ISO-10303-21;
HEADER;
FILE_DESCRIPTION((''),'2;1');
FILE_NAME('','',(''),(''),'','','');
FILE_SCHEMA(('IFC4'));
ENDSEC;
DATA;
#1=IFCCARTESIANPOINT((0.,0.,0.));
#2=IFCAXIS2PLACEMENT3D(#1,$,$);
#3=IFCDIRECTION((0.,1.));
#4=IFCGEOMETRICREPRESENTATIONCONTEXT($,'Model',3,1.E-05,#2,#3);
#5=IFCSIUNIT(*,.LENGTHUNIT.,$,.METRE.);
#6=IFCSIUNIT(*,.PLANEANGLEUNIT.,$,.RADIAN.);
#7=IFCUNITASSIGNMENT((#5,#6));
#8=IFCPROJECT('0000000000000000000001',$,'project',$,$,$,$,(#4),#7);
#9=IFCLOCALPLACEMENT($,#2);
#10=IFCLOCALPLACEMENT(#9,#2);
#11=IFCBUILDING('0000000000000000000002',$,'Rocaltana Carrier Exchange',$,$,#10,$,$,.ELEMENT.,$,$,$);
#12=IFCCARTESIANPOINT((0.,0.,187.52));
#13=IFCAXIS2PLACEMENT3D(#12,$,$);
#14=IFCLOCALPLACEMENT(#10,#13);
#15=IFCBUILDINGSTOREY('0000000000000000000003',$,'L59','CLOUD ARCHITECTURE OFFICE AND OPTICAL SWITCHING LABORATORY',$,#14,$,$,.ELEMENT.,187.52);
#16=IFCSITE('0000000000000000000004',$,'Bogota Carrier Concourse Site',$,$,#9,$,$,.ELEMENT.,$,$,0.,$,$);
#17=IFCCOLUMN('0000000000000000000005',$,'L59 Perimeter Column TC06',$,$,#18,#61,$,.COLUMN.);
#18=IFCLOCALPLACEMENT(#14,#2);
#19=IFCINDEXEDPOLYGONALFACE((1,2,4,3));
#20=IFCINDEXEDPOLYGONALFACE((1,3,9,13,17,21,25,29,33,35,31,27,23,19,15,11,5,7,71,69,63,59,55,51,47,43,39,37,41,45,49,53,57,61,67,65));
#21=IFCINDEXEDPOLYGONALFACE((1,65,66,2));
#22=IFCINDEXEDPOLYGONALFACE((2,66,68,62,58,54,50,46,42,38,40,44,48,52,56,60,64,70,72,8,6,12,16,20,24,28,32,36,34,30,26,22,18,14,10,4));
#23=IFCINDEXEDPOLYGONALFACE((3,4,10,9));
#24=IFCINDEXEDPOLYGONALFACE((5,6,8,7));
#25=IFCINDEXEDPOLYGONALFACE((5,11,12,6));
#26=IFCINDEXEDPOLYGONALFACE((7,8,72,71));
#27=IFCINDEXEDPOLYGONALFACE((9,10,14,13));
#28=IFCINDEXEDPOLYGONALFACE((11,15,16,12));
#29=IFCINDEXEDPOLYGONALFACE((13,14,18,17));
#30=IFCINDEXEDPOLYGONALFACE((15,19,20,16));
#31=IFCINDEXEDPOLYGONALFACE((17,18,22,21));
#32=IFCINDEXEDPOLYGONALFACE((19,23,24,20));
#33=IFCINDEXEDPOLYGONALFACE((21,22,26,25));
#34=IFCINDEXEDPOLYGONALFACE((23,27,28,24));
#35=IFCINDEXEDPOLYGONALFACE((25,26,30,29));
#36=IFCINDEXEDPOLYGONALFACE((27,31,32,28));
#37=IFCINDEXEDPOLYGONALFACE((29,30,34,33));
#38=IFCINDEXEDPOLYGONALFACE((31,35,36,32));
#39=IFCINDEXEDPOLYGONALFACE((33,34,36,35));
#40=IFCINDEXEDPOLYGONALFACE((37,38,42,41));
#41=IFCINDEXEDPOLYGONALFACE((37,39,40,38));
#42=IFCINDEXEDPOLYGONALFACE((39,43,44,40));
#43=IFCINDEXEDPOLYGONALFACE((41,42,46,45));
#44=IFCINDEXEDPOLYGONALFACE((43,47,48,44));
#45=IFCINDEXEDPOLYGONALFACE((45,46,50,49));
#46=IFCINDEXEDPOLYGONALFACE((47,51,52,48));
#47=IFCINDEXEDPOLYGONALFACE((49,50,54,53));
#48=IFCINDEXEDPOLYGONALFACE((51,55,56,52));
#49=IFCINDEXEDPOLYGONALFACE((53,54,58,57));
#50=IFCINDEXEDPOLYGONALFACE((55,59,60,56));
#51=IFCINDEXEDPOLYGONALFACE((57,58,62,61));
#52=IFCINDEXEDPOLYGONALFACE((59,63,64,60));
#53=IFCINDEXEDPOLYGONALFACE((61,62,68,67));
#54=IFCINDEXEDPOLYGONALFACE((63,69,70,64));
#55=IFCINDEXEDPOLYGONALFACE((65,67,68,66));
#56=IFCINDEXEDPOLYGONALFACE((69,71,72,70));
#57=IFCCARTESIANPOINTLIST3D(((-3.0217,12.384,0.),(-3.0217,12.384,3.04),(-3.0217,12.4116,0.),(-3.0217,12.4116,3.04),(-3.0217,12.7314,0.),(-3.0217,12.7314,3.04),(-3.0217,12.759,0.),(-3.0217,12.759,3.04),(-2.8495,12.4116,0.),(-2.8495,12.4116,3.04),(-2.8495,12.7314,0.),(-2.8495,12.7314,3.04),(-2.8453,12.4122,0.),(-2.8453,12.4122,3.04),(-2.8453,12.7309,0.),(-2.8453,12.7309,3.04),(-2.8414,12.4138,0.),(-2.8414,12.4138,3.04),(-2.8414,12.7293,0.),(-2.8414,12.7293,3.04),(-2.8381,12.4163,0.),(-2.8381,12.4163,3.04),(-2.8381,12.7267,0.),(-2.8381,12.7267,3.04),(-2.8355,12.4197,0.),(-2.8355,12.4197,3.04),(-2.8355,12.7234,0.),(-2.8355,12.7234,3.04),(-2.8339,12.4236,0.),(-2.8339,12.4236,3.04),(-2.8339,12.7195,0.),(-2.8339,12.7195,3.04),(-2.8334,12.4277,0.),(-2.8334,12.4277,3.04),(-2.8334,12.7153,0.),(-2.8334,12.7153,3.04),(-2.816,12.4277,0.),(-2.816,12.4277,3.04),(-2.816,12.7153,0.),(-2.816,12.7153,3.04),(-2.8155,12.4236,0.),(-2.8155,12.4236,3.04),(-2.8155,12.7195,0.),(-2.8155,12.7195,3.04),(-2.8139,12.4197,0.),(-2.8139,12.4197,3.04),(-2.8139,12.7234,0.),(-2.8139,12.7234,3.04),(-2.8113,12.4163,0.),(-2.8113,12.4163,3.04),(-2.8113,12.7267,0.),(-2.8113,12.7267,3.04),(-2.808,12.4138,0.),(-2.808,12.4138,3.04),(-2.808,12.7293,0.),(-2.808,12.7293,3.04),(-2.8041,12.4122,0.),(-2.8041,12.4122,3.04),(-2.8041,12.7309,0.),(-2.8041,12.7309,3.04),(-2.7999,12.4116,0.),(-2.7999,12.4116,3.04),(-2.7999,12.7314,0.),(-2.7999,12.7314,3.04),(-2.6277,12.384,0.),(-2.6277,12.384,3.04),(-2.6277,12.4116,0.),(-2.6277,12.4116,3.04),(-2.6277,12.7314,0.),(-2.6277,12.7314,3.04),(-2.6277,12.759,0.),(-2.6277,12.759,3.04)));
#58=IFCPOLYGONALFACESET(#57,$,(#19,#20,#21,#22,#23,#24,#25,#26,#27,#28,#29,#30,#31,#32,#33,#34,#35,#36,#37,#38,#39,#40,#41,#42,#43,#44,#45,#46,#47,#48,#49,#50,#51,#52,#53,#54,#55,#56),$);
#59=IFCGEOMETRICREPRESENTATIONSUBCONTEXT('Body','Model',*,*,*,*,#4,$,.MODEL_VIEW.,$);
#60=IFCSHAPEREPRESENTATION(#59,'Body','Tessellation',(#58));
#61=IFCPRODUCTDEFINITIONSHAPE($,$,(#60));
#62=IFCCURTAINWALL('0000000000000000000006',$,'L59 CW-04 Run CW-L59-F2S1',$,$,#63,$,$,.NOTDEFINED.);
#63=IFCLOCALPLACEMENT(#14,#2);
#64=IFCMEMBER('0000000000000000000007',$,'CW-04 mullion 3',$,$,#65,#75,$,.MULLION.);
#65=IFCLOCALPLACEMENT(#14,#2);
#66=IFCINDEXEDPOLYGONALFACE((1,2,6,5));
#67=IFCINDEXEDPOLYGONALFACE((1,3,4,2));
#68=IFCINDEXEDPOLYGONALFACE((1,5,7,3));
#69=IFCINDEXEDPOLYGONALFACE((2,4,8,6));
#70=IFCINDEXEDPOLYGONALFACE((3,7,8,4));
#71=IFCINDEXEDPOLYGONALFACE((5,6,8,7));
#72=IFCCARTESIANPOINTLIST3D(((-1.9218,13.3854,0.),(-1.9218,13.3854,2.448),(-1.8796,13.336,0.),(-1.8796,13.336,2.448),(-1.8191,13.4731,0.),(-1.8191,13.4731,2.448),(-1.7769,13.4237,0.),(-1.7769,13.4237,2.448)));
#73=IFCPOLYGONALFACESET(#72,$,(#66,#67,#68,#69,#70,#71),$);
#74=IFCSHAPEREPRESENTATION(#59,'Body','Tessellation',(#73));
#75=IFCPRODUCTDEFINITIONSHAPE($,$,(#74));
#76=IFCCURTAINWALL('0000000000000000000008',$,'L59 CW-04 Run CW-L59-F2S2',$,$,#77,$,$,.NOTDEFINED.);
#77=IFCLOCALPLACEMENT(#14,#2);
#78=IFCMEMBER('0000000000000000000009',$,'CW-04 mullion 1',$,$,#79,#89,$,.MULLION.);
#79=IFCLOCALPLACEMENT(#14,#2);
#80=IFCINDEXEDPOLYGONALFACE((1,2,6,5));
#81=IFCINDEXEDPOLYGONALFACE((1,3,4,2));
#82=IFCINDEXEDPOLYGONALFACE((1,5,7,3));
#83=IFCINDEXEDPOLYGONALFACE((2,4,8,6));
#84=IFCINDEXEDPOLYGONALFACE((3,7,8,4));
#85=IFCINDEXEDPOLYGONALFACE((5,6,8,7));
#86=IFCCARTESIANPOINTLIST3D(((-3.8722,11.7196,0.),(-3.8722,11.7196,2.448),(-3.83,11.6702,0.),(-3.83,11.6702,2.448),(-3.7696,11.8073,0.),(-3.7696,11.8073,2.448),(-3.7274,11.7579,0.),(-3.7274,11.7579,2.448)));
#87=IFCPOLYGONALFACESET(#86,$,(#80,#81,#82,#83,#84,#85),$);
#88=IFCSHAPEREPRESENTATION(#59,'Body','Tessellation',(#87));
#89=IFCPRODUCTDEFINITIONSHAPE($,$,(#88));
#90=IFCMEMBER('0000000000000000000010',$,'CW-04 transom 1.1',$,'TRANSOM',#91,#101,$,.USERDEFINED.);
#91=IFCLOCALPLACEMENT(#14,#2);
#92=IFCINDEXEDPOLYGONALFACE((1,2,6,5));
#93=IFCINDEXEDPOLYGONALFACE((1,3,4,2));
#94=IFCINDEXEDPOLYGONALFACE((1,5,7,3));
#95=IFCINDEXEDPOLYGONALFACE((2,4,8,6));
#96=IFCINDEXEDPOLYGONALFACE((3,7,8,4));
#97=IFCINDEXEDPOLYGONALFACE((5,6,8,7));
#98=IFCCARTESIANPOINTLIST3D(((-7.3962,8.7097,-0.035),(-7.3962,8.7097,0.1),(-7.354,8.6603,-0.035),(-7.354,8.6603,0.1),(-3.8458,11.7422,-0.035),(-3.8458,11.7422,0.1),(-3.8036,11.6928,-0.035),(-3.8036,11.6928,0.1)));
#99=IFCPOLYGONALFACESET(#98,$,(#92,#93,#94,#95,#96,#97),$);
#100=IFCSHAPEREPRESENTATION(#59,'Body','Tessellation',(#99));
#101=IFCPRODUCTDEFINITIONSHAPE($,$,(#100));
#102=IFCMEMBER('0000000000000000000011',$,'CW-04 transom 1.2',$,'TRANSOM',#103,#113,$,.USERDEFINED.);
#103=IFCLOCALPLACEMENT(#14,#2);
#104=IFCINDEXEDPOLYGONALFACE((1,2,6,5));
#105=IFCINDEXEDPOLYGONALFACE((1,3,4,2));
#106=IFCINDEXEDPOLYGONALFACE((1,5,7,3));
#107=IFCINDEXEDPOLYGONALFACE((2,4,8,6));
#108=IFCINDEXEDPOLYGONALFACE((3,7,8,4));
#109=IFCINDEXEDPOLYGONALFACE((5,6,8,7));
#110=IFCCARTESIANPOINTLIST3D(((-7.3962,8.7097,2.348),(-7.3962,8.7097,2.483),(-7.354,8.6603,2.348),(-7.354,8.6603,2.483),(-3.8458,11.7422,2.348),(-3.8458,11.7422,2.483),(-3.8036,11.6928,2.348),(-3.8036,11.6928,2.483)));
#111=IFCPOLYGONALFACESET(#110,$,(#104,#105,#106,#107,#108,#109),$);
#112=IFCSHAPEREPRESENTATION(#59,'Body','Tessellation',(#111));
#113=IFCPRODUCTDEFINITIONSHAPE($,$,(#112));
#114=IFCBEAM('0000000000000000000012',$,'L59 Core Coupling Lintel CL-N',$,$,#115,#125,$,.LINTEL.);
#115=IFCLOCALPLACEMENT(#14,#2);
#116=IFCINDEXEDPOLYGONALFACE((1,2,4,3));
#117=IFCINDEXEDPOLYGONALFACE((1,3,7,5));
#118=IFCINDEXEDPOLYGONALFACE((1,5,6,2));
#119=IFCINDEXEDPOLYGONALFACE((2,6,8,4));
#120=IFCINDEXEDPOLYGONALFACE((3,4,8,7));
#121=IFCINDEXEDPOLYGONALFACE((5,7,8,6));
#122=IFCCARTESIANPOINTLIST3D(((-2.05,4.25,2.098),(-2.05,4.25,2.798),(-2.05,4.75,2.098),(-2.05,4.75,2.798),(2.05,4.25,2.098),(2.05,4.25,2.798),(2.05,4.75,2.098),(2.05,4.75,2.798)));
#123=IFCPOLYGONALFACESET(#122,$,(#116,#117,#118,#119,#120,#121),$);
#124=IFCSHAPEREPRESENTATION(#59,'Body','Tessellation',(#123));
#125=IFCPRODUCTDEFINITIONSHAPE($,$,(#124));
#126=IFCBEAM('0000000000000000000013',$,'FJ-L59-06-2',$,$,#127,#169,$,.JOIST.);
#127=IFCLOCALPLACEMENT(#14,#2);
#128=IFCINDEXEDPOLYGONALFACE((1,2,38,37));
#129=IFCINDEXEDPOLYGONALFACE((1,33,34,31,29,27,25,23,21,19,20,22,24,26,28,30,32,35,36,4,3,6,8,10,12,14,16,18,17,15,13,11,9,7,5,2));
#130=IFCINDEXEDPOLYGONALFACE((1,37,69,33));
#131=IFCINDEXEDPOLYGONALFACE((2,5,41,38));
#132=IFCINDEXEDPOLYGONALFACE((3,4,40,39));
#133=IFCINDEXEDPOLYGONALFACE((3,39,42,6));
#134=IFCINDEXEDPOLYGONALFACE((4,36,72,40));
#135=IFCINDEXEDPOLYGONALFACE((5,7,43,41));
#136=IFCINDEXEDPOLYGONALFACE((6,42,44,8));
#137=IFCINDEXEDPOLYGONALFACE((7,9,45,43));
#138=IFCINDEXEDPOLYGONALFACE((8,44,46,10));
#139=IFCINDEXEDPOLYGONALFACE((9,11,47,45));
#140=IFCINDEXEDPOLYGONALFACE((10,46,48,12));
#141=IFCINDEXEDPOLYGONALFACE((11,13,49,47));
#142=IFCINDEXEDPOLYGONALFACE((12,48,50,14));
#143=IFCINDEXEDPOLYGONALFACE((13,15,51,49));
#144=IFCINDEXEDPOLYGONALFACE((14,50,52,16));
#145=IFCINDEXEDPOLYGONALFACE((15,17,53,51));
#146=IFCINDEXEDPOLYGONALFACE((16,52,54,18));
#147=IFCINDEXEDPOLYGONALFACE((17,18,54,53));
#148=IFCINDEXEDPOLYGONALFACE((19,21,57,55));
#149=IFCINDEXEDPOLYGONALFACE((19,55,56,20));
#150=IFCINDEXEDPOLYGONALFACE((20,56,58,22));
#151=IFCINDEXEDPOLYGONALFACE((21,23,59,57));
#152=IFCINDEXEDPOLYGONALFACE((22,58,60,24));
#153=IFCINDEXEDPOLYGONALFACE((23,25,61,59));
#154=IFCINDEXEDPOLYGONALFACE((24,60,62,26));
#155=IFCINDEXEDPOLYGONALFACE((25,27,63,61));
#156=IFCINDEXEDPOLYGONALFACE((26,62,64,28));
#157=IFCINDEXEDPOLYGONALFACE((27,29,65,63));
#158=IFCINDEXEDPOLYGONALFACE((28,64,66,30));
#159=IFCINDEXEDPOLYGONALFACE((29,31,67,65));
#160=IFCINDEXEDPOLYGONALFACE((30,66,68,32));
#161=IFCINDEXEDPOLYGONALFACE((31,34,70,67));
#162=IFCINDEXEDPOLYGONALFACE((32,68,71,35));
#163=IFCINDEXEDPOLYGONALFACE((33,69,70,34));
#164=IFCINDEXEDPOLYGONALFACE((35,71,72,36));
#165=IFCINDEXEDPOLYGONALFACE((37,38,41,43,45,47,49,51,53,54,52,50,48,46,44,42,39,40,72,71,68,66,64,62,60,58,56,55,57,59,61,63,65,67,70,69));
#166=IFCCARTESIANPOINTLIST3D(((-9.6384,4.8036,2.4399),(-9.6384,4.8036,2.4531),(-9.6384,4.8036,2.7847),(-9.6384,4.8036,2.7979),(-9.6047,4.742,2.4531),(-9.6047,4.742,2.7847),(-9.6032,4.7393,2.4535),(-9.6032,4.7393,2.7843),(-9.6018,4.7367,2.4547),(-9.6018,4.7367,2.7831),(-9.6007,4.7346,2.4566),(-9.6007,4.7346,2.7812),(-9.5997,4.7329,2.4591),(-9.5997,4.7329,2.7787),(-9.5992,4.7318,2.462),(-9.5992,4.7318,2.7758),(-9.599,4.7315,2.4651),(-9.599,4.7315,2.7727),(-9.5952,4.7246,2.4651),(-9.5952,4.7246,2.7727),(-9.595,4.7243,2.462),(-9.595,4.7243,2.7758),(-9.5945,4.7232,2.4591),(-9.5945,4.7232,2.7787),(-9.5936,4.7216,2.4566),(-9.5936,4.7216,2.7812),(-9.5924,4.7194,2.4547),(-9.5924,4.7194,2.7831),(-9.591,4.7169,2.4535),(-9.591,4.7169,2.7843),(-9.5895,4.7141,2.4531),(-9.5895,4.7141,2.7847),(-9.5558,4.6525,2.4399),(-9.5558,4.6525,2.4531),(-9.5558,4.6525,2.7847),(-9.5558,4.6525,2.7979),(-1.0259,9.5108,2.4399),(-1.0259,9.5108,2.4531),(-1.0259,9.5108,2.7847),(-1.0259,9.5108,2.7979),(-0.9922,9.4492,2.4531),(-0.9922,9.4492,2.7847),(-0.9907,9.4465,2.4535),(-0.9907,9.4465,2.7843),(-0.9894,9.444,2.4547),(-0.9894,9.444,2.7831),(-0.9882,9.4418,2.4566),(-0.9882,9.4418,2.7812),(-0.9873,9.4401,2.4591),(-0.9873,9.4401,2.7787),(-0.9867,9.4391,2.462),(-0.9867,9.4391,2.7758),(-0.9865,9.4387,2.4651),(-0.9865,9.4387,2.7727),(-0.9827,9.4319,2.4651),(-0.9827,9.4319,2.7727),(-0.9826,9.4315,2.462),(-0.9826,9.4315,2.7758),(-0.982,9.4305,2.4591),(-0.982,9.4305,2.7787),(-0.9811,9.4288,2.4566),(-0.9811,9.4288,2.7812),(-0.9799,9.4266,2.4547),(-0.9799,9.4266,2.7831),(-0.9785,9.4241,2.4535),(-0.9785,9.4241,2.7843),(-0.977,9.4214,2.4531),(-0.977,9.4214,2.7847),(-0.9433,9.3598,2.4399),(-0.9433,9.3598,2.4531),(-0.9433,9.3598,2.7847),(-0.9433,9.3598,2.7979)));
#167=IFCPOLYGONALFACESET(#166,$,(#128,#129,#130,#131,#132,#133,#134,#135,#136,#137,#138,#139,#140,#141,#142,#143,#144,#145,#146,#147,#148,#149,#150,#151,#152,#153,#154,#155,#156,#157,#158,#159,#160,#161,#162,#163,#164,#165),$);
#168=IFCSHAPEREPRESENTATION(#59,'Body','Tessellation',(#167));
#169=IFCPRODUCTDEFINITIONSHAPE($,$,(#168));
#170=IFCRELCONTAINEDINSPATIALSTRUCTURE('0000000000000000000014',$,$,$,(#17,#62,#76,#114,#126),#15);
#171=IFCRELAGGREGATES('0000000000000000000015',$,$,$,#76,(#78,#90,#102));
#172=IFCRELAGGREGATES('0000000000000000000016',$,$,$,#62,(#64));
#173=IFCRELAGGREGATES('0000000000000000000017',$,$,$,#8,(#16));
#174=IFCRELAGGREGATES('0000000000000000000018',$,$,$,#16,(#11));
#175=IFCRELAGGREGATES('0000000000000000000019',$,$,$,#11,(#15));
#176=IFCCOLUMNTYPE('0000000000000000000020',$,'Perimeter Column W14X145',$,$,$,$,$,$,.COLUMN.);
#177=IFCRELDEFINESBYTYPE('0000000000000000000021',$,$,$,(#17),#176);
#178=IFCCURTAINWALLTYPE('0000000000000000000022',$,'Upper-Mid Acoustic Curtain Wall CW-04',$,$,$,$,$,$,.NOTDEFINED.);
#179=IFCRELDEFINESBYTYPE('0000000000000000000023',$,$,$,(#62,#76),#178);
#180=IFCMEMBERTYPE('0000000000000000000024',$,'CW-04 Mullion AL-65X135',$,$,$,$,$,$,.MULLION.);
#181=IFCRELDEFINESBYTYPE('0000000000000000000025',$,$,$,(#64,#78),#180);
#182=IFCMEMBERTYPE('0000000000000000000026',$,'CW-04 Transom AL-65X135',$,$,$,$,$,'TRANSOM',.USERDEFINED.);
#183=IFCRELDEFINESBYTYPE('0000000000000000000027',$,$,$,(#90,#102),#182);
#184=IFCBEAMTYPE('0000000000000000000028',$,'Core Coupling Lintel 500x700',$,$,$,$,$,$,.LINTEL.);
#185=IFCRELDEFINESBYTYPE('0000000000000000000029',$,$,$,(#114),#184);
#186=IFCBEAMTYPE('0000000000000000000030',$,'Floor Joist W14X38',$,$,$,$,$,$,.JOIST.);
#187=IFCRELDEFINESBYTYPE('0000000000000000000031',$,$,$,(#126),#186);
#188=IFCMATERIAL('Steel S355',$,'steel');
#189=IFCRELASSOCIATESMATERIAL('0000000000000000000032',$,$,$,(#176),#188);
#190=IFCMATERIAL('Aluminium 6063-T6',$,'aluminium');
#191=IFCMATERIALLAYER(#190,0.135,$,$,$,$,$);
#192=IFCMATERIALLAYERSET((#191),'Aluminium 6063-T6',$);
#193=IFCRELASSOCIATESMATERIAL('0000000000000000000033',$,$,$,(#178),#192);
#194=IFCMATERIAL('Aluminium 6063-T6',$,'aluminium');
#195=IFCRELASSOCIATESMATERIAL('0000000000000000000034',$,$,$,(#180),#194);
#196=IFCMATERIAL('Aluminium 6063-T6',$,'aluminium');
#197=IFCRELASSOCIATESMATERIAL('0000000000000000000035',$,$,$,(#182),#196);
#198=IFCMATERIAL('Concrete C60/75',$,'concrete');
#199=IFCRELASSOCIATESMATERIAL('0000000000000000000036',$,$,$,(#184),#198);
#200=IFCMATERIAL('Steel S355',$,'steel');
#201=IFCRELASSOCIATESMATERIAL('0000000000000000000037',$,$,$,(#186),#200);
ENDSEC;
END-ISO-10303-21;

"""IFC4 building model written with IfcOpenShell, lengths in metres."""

from ifc_helpers import new_model, si_unit, direction, frame, origin, origin_2d, place, context, subcontext, project, spatial, rectangle, i_section, extrude, material, layer, layer_set, material_profile, profile_set, type_object, element, aggregate, save


model = new_model("IFC4")

# Units and contexts
model_context = context("Model", 3, precision=1e-05, world=origin(), true_north=direction((0.0, 1.0)))
body_context = subcontext(model_context, "Body", "Model", "MODEL_VIEW")
ifc_project = project(units=[si_unit("LENGTHUNIT", "METRE"), si_unit("PLANEANGLEUNIT", "RADIAN")], contexts=[model_context])

# Site, building, storey
site_placement = place(None, origin())
site = spatial("IfcSite", under=ifc_project, at=site_placement, Name="Bogota Carrier Concourse Site", CompositionType="ELEMENT", RefElevation=0.0)
building_placement = place(site_placement, origin())
building = spatial("IfcBuilding", under=site, at=building_placement, Name="Rocaltana Carrier Exchange", CompositionType="ELEMENT")
storey_placement = place(building_placement, frame((0.0, 0.0, 187.52)))
storey = spatial("IfcBuildingStorey", under=building, at=storey_placement, Name="L59", Description="CLOUD ARCHITECTURE OFFICE AND OPTICAL SWITCHING LABORATORY", CompositionType="ELEMENT", Elevation=187.52)

# Column
ifc_material_1 = material(Name="Steel S355", Category="steel")
ifc_material_profile_1 = material_profile(ifc_material_1, i_section(OverallWidth=0.394, OverallDepth=0.375, WebThickness=0.0173, FlangeThickness=0.0276, FilletRadius=0.0161, at=origin_2d()), Name="W14X145")
ifc_profile_set_1 = profile_set([ifc_material_profile_1], Name="Steel S355")
column_type = type_object("IfcColumnType", Name="Perimeter Column W14X145", PredefinedType="COLUMN", material=ifc_profile_set_1)
column_placement = place(storey_placement, frame((-2.8247, 12.5715, 0.0), z_axis=(0.0, 0.0, 1.0), x_axis=(1.0, 0.0, 0.0)))
element("IfcColumn", 1, at=column_placement, inside=storey, type_object=column_type, Name="L59 Perimeter Column TC06", PredefinedType="COLUMN", context=body_context, shape_type="SweptSolid", body=[
    extrude(i_section(OverallWidth=0.394, OverallDepth=0.375, WebThickness=0.0173, FlangeThickness=0.0276, FilletRadius=0.0161, at=origin_2d()), origin(), (0.0, 0.0, 1.0), 3.04),
])

# Curtain wall, member
ifc_material_2 = material(Name="Aluminium 6063-T6", Category="aluminium")
ifc_layer_1 = layer(ifc_material_2, 0.135)
ifc_layer_set_1 = layer_set([ifc_layer_1], Name="Aluminium 6063-T6")
curtain_wall_type = type_object("IfcCurtainWallType", Name="Upper-Mid Acoustic Curtain Wall CW-04", PredefinedType="NOTDEFINED", material=ifc_layer_set_1)
curtain_wall_1_placement = place(storey_placement, origin())
curtain_wall_1 = element("IfcCurtainWall", 2, at=curtain_wall_1_placement, inside=storey, type_object=curtain_wall_type, Name="L59 CW-04 Run CW-L59-F2S1", PredefinedType="NOTDEFINED")
ifc_material_3 = material(Name="Aluminium 6063-T6", Category="aluminium")
ifc_material_profile_2 = material_profile(ifc_material_3, rectangle(XDim=0.0649, YDim=0.135, at=origin_2d()), Name="AL-65X135")
ifc_profile_set_2 = profile_set([ifc_material_profile_2], Name="Aluminium 6063-T6")
member_type_1 = type_object("IfcMemberType", Name="CW-04 Mullion AL-65X135", PredefinedType="MULLION", material=ifc_profile_set_2)
member_1_placement = place(storey_placement, frame((-1.8494, 13.4045, 0.0), z_axis=(0.0, 0.0, 1.0), x_axis=(0.649448, -0.760406, 0.0)))
member_1 = element("IfcMember", 3, at=member_1_placement, type_object=member_type_1, Name="CW-04 mullion 3", PredefinedType="MULLION", context=body_context, shape_type="SweptSolid", body=[
    extrude(rectangle(XDim=0.0649, YDim=0.135, at=origin_2d()), origin(), (0.0, 0.0, 1.0), 2.448),
])

# Curtain wall, members
curtain_wall_2_placement = place(storey_placement, origin())
curtain_wall_2 = element("IfcCurtainWall", 4, at=curtain_wall_2_placement, inside=storey, type_object=curtain_wall_type, Name="L59 CW-04 Run CW-L59-F2S2", PredefinedType="NOTDEFINED")
member_2_placement = place(storey_placement, frame((-3.7998, 11.7388, 0.0), z_axis=(0.0, 0.0, 1.0), x_axis=(0.649454, -0.760401, 0.0)))
member_2 = element("IfcMember", 5, at=member_2_placement, type_object=member_type_1, Name="CW-04 mullion 1", PredefinedType="MULLION", context=body_context, shape_type="SweptSolid", body=[
    extrude(rectangle(XDim=0.0649, YDim=0.135, at=origin_2d()), origin(), (0.0, 0.0, 1.0), 2.448),
])
ifc_material_4 = material(Name="Aluminium 6063-T6", Category="aluminium")
ifc_material_profile_3 = material_profile(ifc_material_4, rectangle(XDim=0.0649, YDim=0.135, at=origin_2d()), Name="AL-65X135")
ifc_profile_set_3 = profile_set([ifc_material_profile_3], Name="Aluminium 6063-T6")
member_type_2 = type_object("IfcMemberType", Name="CW-04 Transom AL-65X135", ElementType="TRANSOM", PredefinedType="USERDEFINED", material=ifc_profile_set_3)
member_3_placement = place(storey_placement, frame((-3.8247, 11.7175, 0.0325), z_axis=(-0.760381, -0.649477, 0.0), x_axis=(0.649477, -0.760381, 0.0)))
member_3 = element("IfcMember", 6, at=member_3_placement, type_object=member_type_2, Name="CW-04 transom 1.1", ObjectType="TRANSOM", PredefinedType="USERDEFINED", context=body_context, shape_type="SweptSolid", body=[
    extrude(rectangle(XDim=0.0649, YDim=0.135, at=origin_2d()), origin(), (0.0, 0.0, 1.0), 4.6692),
])
member_4_placement = place(storey_placement, frame((-3.8247, 11.7175, 2.4155), z_axis=(-0.760381, -0.649477, 0.0), x_axis=(0.649477, -0.760381, 0.0)))
member_4 = element("IfcMember", 7, at=member_4_placement, type_object=member_type_2, Name="CW-04 transom 1.2", ObjectType="TRANSOM", PredefinedType="USERDEFINED", context=body_context, shape_type="SweptSolid", body=[
    extrude(rectangle(XDim=0.0649, YDim=0.135, at=origin_2d()), origin(), (0.0, 0.0, 1.0), 4.6692),
])
aggregate(curtain_wall_2, [member_2, member_3, member_4])

# Beams
ifc_material_5 = material(Name="Concrete C60/75", Category="concrete")
ifc_material_profile_4 = material_profile(ifc_material_5, rectangle(XDim=0.5, YDim=0.7, at=origin_2d()), Name="RC-BM-500X700")
ifc_profile_set_4 = profile_set([ifc_material_profile_4], Name="Concrete C60/75")
beam_type_1 = type_object("IfcBeamType", Name="Core Coupling Lintel 500x700", PredefinedType="LINTEL", material=ifc_profile_set_4)
beam_1_placement = place(storey_placement, frame((-2.05, 4.5, 2.448), z_axis=(1.0, 0.0, 0.0), x_axis=(0.0, 1.0, 0.0)))
element("IfcBeam", 8, at=beam_1_placement, inside=storey, type_object=beam_type_1, Name="L59 Core Coupling Lintel CL-N", PredefinedType="LINTEL", context=body_context, shape_type="SweptSolid", body=[
    extrude(rectangle(XDim=0.5, YDim=0.7, at=origin_2d()), origin(), (0.0, 0.0, 1.0), 4.1001),
])
ifc_material_6 = material(Name="Steel S355", Category="steel")
ifc_material_profile_5 = material_profile(ifc_material_6, i_section(OverallWidth=0.1721, OverallDepth=0.3579, WebThickness=0.0078, FlangeThickness=0.0132, FilletRadius=0.012, at=origin_2d()), Name="W14X38")
ifc_profile_set_5 = profile_set([ifc_material_profile_5], Name="Steel S355")
beam_type_2 = type_object("IfcBeamType", Name="Floor Joist W14X38", PredefinedType="JOIST", material=ifc_profile_set_5)
beam_2_placement = place(storey_placement, frame((-0.9846, 9.4353, 2.6189), z_axis=(-0.877487, -0.4796, 0.0), x_axis=(0.4796, -0.877487, 0.0)))
element("IfcBeam", 9, at=beam_2_placement, inside=storey, type_object=beam_type_2, Name="FJ-L59-06-2", PredefinedType="JOIST", context=body_context, shape_type="SweptSolid", body=[
    extrude(i_section(OverallWidth=0.1721, OverallDepth=0.3579, WebThickness=0.0078, FlangeThickness=0.0132, FilletRadius=0.012, at=origin_2d()), origin(), (0.0, 0.0, 1.0), 9.8149),
])

aggregate(curtain_wall_1, [member_1])

save(model, "model.ifc")
